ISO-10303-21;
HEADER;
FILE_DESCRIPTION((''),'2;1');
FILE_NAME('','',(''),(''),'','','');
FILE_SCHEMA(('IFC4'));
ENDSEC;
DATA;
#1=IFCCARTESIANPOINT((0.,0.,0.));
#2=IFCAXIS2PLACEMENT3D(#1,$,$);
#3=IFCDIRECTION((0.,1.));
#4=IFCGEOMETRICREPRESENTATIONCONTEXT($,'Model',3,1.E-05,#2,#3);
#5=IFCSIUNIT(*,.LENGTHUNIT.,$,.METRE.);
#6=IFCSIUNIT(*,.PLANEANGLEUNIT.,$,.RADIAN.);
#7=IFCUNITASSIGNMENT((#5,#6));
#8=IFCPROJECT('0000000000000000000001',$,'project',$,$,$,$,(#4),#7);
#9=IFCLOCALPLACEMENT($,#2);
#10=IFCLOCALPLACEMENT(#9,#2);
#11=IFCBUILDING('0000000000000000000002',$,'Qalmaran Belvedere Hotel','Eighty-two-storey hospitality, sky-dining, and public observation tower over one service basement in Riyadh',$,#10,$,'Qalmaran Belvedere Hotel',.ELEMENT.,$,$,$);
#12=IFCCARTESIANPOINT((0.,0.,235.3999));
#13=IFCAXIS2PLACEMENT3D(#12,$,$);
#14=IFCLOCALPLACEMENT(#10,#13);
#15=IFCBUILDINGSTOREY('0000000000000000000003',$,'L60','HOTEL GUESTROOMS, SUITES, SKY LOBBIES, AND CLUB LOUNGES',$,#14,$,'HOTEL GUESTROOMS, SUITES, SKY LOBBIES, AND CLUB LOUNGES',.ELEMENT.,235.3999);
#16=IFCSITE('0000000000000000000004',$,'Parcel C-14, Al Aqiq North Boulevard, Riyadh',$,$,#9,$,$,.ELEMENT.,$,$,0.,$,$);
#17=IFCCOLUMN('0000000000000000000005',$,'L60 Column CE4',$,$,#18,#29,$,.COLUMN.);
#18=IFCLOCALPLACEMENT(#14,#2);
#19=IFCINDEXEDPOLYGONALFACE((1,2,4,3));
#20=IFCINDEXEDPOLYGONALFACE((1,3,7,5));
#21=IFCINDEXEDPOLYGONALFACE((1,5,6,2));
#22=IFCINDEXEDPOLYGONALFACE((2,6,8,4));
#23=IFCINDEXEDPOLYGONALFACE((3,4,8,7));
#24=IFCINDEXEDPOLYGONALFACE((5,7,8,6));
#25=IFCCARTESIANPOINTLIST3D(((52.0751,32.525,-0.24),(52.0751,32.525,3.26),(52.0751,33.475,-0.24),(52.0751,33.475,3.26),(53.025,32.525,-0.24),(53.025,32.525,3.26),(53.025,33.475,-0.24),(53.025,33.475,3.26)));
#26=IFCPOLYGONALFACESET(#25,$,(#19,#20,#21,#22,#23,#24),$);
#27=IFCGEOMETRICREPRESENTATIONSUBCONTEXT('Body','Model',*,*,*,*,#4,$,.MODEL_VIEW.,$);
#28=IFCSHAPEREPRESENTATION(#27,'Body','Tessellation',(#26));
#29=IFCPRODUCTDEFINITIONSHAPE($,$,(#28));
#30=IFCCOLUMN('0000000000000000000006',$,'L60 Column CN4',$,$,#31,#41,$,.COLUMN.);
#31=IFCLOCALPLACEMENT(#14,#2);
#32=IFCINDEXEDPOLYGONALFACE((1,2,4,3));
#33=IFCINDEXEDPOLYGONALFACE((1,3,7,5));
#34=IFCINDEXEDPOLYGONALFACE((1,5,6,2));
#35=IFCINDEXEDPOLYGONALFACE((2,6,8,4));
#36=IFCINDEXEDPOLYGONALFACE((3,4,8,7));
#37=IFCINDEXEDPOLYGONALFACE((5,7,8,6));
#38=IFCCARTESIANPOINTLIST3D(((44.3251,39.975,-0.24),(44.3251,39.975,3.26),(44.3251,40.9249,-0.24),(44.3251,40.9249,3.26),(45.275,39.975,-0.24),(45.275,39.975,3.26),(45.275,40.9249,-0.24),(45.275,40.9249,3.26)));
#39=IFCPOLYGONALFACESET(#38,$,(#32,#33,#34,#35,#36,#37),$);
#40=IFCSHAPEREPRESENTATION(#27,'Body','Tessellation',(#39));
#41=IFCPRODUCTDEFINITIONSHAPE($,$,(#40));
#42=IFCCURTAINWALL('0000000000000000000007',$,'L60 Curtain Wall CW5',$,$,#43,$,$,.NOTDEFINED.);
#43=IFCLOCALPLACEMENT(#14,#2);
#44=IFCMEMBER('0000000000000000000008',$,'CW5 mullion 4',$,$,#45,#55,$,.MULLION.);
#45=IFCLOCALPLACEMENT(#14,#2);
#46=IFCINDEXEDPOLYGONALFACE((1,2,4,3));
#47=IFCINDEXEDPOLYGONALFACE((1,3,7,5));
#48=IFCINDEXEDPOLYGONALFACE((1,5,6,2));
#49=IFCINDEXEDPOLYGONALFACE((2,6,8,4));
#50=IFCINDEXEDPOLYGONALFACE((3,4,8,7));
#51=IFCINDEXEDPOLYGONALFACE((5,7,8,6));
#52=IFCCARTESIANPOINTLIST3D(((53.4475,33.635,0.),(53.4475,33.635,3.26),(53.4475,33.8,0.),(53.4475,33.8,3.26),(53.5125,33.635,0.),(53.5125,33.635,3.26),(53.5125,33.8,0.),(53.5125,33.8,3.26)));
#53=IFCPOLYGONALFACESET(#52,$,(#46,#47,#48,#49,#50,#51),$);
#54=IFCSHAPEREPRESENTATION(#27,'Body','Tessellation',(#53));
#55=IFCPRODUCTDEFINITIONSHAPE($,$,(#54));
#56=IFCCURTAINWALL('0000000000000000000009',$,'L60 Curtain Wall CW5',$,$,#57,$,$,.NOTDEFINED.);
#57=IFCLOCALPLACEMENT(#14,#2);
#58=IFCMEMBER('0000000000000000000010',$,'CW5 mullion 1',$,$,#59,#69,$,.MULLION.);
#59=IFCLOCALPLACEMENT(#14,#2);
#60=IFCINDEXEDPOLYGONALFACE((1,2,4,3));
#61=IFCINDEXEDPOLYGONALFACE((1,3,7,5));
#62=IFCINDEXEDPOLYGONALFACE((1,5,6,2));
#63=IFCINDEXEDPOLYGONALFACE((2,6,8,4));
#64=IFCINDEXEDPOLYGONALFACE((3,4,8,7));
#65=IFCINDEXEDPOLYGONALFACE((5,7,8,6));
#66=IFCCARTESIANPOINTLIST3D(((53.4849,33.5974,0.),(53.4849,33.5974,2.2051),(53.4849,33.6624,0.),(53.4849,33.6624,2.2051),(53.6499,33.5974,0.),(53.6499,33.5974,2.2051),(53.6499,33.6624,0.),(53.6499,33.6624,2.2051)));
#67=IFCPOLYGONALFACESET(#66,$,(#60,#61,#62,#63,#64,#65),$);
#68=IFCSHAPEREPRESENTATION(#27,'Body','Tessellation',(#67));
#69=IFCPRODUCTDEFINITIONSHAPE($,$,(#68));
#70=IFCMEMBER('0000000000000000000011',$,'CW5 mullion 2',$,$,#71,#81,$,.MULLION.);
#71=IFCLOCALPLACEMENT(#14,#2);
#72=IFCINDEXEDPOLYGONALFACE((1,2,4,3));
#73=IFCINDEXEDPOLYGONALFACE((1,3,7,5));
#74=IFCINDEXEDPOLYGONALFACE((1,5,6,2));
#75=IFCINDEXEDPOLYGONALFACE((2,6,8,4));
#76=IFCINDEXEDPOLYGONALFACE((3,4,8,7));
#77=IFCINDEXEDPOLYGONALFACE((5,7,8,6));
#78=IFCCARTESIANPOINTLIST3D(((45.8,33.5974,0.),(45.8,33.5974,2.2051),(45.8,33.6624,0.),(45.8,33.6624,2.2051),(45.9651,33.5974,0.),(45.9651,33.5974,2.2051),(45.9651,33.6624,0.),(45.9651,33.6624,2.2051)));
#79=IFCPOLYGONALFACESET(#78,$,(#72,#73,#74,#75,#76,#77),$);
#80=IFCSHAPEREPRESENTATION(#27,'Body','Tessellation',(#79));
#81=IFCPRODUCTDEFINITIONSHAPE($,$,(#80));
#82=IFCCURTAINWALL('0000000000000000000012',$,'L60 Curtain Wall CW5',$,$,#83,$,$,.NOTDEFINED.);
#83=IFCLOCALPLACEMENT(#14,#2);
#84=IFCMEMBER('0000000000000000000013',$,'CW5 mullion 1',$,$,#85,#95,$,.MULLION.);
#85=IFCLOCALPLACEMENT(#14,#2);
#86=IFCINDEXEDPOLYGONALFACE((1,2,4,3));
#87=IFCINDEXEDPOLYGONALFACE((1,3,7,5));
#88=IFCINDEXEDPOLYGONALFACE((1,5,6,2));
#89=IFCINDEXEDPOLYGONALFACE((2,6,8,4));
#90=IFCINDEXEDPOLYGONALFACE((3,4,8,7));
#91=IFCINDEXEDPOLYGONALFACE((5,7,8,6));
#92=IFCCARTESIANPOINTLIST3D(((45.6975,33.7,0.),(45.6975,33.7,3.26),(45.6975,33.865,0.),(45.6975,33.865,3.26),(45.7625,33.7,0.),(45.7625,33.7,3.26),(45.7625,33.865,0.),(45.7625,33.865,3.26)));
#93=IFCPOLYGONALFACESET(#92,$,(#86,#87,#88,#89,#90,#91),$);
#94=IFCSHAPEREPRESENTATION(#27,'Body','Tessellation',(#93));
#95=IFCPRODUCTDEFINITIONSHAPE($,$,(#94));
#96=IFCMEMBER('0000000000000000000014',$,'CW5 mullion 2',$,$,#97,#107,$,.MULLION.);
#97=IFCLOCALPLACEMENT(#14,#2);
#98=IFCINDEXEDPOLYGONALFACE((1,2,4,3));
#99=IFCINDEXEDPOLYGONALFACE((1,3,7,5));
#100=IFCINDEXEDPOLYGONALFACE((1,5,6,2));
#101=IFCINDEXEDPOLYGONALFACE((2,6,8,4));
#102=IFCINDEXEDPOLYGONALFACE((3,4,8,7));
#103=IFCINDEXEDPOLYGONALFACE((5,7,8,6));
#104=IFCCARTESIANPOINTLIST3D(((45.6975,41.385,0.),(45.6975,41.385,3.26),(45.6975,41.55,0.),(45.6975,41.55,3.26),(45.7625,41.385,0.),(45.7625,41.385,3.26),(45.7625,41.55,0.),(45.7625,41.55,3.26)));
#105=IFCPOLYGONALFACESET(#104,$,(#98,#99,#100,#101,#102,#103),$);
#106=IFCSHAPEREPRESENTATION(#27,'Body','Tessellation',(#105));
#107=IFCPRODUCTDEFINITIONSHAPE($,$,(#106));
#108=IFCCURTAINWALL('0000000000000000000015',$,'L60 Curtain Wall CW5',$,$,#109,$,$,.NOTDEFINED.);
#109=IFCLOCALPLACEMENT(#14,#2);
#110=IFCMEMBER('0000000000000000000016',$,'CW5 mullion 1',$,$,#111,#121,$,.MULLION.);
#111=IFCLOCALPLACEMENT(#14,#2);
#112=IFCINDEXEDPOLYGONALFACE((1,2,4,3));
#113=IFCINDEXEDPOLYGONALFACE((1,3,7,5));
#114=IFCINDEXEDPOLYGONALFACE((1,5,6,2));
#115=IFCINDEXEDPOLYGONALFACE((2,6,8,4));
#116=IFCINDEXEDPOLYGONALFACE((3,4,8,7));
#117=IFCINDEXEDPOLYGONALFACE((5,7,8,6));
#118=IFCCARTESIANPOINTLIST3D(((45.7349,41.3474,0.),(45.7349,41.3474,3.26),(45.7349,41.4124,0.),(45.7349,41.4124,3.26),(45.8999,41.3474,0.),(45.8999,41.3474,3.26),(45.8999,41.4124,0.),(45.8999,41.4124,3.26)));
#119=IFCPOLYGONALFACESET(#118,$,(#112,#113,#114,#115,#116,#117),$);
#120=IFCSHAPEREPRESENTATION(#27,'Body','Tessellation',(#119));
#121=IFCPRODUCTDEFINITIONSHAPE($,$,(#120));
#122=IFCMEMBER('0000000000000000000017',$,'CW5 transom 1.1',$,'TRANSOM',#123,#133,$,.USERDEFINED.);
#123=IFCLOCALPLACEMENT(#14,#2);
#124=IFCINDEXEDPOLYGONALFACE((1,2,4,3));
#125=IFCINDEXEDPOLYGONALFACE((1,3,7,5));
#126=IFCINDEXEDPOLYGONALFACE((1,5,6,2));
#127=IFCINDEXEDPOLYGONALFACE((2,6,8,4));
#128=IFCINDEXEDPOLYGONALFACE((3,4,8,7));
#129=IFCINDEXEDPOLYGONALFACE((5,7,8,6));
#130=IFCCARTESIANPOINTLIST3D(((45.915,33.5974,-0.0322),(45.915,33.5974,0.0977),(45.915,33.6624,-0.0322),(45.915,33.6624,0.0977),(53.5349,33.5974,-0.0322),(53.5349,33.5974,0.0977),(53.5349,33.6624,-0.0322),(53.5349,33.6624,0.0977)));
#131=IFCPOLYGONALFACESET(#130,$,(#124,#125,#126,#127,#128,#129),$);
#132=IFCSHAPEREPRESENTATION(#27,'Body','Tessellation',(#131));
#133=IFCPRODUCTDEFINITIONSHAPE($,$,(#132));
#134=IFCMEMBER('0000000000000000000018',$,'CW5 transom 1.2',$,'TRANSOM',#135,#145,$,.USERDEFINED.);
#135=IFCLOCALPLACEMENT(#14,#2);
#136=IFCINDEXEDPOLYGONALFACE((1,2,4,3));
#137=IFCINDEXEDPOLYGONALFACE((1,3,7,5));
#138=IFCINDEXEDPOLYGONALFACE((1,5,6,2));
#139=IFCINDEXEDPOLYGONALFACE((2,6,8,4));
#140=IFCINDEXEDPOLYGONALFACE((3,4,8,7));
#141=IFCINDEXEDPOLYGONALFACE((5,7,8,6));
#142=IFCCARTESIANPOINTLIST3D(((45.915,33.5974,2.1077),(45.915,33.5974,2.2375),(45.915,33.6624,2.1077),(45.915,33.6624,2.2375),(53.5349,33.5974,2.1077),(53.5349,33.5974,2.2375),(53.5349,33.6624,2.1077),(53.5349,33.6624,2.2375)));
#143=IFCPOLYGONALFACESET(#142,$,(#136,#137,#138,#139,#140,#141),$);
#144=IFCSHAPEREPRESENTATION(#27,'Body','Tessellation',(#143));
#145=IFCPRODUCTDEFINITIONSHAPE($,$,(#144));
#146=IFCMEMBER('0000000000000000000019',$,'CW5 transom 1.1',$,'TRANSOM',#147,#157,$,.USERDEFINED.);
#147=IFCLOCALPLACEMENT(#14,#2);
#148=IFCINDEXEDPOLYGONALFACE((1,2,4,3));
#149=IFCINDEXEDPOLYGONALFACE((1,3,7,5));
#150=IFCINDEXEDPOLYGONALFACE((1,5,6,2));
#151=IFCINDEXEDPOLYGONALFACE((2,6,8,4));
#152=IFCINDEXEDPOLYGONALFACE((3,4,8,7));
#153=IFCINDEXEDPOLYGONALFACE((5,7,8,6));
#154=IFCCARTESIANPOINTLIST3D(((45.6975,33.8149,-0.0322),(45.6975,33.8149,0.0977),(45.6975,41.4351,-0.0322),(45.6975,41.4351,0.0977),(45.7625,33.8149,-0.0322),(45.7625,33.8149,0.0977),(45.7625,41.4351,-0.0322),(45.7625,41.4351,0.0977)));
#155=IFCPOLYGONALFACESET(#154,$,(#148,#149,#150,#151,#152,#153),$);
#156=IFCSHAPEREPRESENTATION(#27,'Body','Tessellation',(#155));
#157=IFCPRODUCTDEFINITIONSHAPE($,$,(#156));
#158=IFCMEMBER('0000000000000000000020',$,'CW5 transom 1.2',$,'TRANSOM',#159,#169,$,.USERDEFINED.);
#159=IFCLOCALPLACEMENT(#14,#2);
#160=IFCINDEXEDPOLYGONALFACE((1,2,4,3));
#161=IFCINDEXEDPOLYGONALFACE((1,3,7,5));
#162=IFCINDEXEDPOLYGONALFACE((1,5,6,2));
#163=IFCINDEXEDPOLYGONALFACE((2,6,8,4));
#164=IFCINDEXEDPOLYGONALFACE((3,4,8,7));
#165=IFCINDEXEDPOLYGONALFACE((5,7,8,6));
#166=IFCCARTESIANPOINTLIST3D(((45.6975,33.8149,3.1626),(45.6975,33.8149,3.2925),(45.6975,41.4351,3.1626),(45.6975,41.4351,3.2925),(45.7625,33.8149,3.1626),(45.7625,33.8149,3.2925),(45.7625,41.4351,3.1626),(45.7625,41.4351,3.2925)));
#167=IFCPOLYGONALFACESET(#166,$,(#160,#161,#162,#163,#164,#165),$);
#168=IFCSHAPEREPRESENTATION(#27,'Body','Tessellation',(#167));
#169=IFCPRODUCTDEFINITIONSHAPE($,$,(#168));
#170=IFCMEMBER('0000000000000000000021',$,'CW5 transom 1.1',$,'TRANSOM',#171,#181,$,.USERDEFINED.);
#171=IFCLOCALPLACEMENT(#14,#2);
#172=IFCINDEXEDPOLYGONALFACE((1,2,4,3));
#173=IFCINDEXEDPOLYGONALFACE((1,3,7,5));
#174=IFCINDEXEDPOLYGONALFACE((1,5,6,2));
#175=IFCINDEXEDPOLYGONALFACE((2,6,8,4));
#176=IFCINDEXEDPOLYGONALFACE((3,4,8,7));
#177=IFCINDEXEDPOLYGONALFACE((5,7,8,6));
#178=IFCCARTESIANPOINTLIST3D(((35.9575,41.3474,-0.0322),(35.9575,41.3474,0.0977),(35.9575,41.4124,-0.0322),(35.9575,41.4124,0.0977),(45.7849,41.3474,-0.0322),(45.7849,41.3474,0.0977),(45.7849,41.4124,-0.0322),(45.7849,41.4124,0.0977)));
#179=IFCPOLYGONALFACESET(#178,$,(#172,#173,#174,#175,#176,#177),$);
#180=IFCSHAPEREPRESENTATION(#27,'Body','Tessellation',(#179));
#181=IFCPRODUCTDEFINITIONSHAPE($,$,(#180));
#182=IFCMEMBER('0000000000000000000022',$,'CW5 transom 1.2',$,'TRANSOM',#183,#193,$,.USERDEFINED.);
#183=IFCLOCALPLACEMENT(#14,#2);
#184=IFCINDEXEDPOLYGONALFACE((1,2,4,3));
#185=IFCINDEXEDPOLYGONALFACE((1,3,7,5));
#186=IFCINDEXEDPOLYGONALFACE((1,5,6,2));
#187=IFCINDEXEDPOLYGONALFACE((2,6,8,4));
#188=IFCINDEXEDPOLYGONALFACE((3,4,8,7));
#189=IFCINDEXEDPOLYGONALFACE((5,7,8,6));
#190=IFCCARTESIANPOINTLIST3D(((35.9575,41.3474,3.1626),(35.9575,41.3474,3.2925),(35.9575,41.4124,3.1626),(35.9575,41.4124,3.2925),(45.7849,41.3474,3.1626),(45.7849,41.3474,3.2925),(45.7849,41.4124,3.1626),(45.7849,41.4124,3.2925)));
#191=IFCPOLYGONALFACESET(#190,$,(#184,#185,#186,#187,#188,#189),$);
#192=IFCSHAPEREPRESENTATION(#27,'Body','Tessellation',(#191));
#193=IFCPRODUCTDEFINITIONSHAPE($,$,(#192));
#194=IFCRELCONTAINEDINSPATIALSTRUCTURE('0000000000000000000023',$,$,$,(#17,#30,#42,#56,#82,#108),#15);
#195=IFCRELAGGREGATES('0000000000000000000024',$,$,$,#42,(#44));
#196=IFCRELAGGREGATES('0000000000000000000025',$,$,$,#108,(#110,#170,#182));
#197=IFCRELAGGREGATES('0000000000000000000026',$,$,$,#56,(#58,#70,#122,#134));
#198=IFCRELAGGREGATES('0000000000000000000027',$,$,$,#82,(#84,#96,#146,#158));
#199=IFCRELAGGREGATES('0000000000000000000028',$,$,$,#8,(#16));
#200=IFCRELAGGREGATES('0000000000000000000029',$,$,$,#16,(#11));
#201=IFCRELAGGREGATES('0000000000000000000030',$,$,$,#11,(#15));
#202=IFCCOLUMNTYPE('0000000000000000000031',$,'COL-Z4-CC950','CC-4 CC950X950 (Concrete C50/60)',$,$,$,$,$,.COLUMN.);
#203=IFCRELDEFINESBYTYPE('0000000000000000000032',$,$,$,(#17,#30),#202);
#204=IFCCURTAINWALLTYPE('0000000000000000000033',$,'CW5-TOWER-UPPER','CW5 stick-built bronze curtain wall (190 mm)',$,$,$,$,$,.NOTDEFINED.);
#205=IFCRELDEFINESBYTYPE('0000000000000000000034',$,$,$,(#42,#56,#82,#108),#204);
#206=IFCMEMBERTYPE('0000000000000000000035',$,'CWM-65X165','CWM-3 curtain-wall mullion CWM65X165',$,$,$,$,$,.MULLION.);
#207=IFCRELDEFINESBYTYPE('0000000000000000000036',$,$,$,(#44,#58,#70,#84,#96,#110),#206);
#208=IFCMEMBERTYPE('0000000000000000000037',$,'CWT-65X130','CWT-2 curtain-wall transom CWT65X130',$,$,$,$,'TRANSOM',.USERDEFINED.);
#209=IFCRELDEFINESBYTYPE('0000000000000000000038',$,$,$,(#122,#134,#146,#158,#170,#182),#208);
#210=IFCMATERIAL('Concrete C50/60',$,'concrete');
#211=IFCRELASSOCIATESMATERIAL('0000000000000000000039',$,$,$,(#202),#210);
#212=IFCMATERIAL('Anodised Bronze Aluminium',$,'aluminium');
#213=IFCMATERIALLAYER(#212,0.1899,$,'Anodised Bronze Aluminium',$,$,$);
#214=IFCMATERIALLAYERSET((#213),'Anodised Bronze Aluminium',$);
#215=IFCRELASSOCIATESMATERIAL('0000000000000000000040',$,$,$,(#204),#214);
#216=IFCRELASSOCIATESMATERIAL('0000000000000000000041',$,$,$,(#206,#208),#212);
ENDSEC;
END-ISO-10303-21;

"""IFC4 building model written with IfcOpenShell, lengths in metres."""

from ifc_helpers import new_model, si_unit, direction, frame, origin, origin_2d, place, context, subcontext, project, spatial, rectangle, extrude, material, layer, layer_set, material_profile, profile_set, type_object, element, aggregate, save


model = new_model("IFC4")

# Units and contexts
model_context = context("Model", 3, precision=1e-05, world=origin(), true_north=direction((0.0, 1.0)))
body_context = subcontext(model_context, "Body", "Model", "MODEL_VIEW")
ifc_project = project(units=[si_unit("LENGTHUNIT", "METRE"), si_unit("PLANEANGLEUNIT", "RADIAN")], contexts=[model_context])

# Site, building, storey
site_placement = place(None, origin())
site = spatial("IfcSite", under=ifc_project, at=site_placement, Name="Parcel C-14, Al Aqiq North Boulevard, Riyadh", CompositionType="ELEMENT", RefElevation=0.0)
building_placement = place(site_placement, origin())
building = spatial("IfcBuilding", under=site, at=building_placement, Name="Qalmaran Belvedere Hotel", Description="Eighty-two-storey hospitality, sky-dining, and public observation tower over one service basement in Riyadh", LongName="Qalmaran Belvedere Hotel", CompositionType="ELEMENT")
storey_placement = place(building_placement, frame((0.0, 0.0, 235.3999)))
storey = spatial("IfcBuildingStorey", under=building, at=storey_placement, Name="L60", Description="HOTEL GUESTROOMS, SUITES, SKY LOBBIES, AND CLUB LOUNGES", LongName="HOTEL GUESTROOMS, SUITES, SKY LOBBIES, AND CLUB LOUNGES", CompositionType="ELEMENT", Elevation=235.3999)

# Columns
ifc_material_1 = material(Name="Concrete C50/60", Category="concrete")
ifc_material_profile_1 = material_profile(ifc_material_1, rectangle(XDim=0.95, YDim=0.95, at=origin_2d()), Name="CC950X950")
ifc_profile_set_1 = profile_set([ifc_material_profile_1], Name="Concrete C50/60")
column_type = type_object("IfcColumnType", Name="COL-Z4-CC950", Description="CC-4 CC950X950 (Concrete C50/60)", PredefinedType="COLUMN", material=ifc_profile_set_1)
for number, where, z_axis, x_axis, name in (
    (1, (52.55, 33.0, -0.24), (0.0, 0.0, 1.0), (1.0, 0.0, 0.0), "L60 Column CE4"),
    (2, (44.8, 40.45, -0.24), (0.0, 0.0, 1.0), (1.0, 0.0, 0.0), "L60 Column CN4"),
):
    element("IfcColumn", number, at=place(storey_placement, frame(where, z_axis=z_axis, x_axis=x_axis)), inside=storey, type_object=column_type, Name=name, PredefinedType="COLUMN", context=body_context, shape_type="SweptSolid", body=[
        extrude(rectangle(XDim=0.95, YDim=0.95, at=origin_2d()), origin(), (0.0, 0.0, 1.0), 3.5),
    ])

# Curtain wall, member
ifc_material_2 = material(Name="Anodised Bronze Aluminium", Category="aluminium")
ifc_layer_1 = layer(ifc_material_2, 0.1899, Name="Anodised Bronze Aluminium")
ifc_layer_set_1 = layer_set([ifc_layer_1], Name="Anodised Bronze Aluminium")
curtain_wall_type = type_object("IfcCurtainWallType", Name="CW5-TOWER-UPPER", Description="CW5 stick-built bronze curtain wall (190 mm)", PredefinedType="NOTDEFINED", material=ifc_layer_set_1)
curtain_wall_1_placement = place(storey_placement, origin())
curtain_wall_1 = element("IfcCurtainWall", 3, at=curtain_wall_1_placement, inside=storey, type_object=curtain_wall_type, Name="L60 Curtain Wall CW5", PredefinedType="NOTDEFINED")
ifc_material_profile_2 = material_profile(ifc_material_2, rectangle(XDim=0.0649, YDim=0.165, at=origin_2d()), Name="CWM65X165")
ifc_profile_set_2 = profile_set([ifc_material_profile_2], Name="Anodised Bronze Aluminium")
member_type_1 = type_object("IfcMemberType", Name="CWM-65X165", Description="CWM-3 curtain-wall mullion CWM65X165", PredefinedType="MULLION", material=ifc_profile_set_2)
member_1_placement = place(storey_placement, frame((53.48, 33.7175, 0.0), z_axis=(0.0, 0.0, 1.0), x_axis=(-1.0, 0.0, 0.0)))
member_1 = element("IfcMember", 4, at=member_1_placement, type_object=member_type_1, Name="CW5 mullion 4", PredefinedType="MULLION", context=body_context, shape_type="SweptSolid", body=[
    extrude(rectangle(XDim=0.0649, YDim=0.165, at=origin_2d()), origin(), (0.0, 0.0, 1.0), 3.26),
])
aggregate(curtain_wall_1, [member_1])

# Curtain walls, members
curtain_wall_2_placement = place(storey_placement, origin())
curtain_wall_2 = element("IfcCurtainWall", 5, at=curtain_wall_2_placement, inside=storey, type_object=curtain_wall_type, Name="L60 Curtain Wall CW5", PredefinedType="NOTDEFINED")
member_2_placement = place(storey_placement, frame((53.5674, 33.6299, 0.0), z_axis=(0.0, 0.0, 1.0), x_axis=(0.0, -1.0, 0.0)))
member_2 = element("IfcMember", 6, at=member_2_placement, type_object=member_type_1, Name="CW5 mullion 1", PredefinedType="MULLION", context=body_context, shape_type="SweptSolid", body=[
    extrude(rectangle(XDim=0.0649, YDim=0.165, at=origin_2d()), origin(), (0.0, 0.0, 1.0), 2.2051),
])
member_3_placement = place(storey_placement, frame((45.8826, 33.6299, 0.0), z_axis=(0.0, 0.0, 1.0), x_axis=(0.0, -1.0, 0.0)))
member_3 = element("IfcMember", 7, at=member_3_placement, type_object=member_type_1, Name="CW5 mullion 2", PredefinedType="MULLION", context=body_context, shape_type="SweptSolid", body=[
    extrude(rectangle(XDim=0.0649, YDim=0.165, at=origin_2d()), origin(), (0.0, 0.0, 1.0), 2.2051),
])
curtain_wall_3_placement = place(storey_placement, origin())
curtain_wall_3 = element("IfcCurtainWall", 8, at=curtain_wall_3_placement, inside=storey, type_object=curtain_wall_type, Name="L60 Curtain Wall CW5", PredefinedType="NOTDEFINED")
member_4_placement = place(storey_placement, frame((45.73, 33.7825, 0.0), z_axis=(0.0, 0.0, 1.0), x_axis=(-1.0, 0.0, 0.0)))
member_4 = element("IfcMember", 9, at=member_4_placement, type_object=member_type_1, Name="CW5 mullion 1", PredefinedType="MULLION", context=body_context, shape_type="SweptSolid", body=[
    extrude(rectangle(XDim=0.0649, YDim=0.165, at=origin_2d()), origin(), (0.0, 0.0, 1.0), 3.26),
])
member_5_placement = place(storey_placement, frame((45.73, 41.4675, 0.0), z_axis=(0.0, 0.0, 1.0), x_axis=(-1.0, 0.0, 0.0)))
member_5 = element("IfcMember", 10, at=member_5_placement, type_object=member_type_1, Name="CW5 mullion 2", PredefinedType="MULLION", context=body_context, shape_type="SweptSolid", body=[
    extrude(rectangle(XDim=0.0649, YDim=0.165, at=origin_2d()), origin(), (0.0, 0.0, 1.0), 3.26),
])

# Curtain wall, member
curtain_wall_4_placement = place(storey_placement, origin())
curtain_wall_4 = element("IfcCurtainWall", 11, at=curtain_wall_4_placement, inside=storey, type_object=curtain_wall_type, Name="L60 Curtain Wall CW5", PredefinedType="NOTDEFINED")
member_6_placement = place(storey_placement, frame((45.8174, 41.3799, 0.0), z_axis=(0.0, 0.0, 1.0), x_axis=(0.0, -1.0, 0.0)))
member_6 = element("IfcMember", 12, at=member_6_placement, type_object=member_type_1, Name="CW5 mullion 1", PredefinedType="MULLION", context=body_context, shape_type="SweptSolid", body=[
    extrude(rectangle(XDim=0.0649, YDim=0.165, at=origin_2d()), origin(), (0.0, 0.0, 1.0), 3.26),
])

# Members
ifc_material_profile_3 = material_profile(ifc_material_2, rectangle(XDim=0.0649, YDim=0.1299, at=origin_2d()), Name="CWT65X130")
ifc_profile_set_3 = profile_set([ifc_material_profile_3], Name="Anodised Bronze Aluminium")
member_type_2 = type_object("IfcMemberType", Name="CWT-65X130", Description="CWT-2 curtain-wall transom CWT65X130", ElementType="TRANSOM", PredefinedType="USERDEFINED", material=ifc_profile_set_3)
member_7_placement = place(storey_placement, frame((53.5349, 33.6299, 0.0327), z_axis=(-1.0, 0.0, 0.0), x_axis=(0.0, -1.0, 0.0)))
member_7 = element("IfcMember", 13, at=member_7_placement, type_object=member_type_2, Name="CW5 transom 1.1", ObjectType="TRANSOM", PredefinedType="USERDEFINED", context=body_context, shape_type="SweptSolid", body=[
    extrude(rectangle(XDim=0.0649, YDim=0.1299, at=origin_2d()), origin(), (0.0, 0.0, 1.0), 7.6199),
])
member_8_placement = place(storey_placement, frame((53.5349, 33.6299, 2.1726), z_axis=(-1.0, 0.0, 0.0), x_axis=(0.0, -1.0, 0.0)))
member_8 = element("IfcMember", 14, at=member_8_placement, type_object=member_type_2, Name="CW5 transom 1.2", ObjectType="TRANSOM", PredefinedType="USERDEFINED", context=body_context, shape_type="SweptSolid", body=[
    extrude(rectangle(XDim=0.0649, YDim=0.1299, at=origin_2d()), origin(), (0.0, 0.0, 1.0), 7.6199),
])
member_9_placement = place(storey_placement, frame((45.73, 33.8149, 0.0327), z_axis=(0.0, 1.0, 0.0), x_axis=(-1.0, 0.0, 0.0)))
member_9 = element("IfcMember", 15, at=member_9_placement, type_object=member_type_2, Name="CW5 transom 1.1", ObjectType="TRANSOM", PredefinedType="USERDEFINED", context=body_context, shape_type="SweptSolid", body=[
    extrude(rectangle(XDim=0.0649, YDim=0.1299, at=origin_2d()), origin(), (0.0, 0.0, 1.0), 7.6201),
])
member_10_placement = place(storey_placement, frame((45.73, 33.8149, 3.2275), z_axis=(0.0, 1.0, 0.0), x_axis=(-1.0, 0.0, 0.0)))
member_10 = element("IfcMember", 16, at=member_10_placement, type_object=member_type_2, Name="CW5 transom 1.2", ObjectType="TRANSOM", PredefinedType="USERDEFINED", context=body_context, shape_type="SweptSolid", body=[
    extrude(rectangle(XDim=0.0649, YDim=0.1299, at=origin_2d()), origin(), (0.0, 0.0, 1.0), 7.6201),
])
member_11_placement = place(storey_placement, frame((45.7849, 41.3799, 0.0327), z_axis=(-1.0, 0.0, 0.0), x_axis=(0.0, -1.0, 0.0)))
member_11 = element("IfcMember", 17, at=member_11_placement, type_object=member_type_2, Name="CW5 transom 1.1", ObjectType="TRANSOM", PredefinedType="USERDEFINED", context=body_context, shape_type="SweptSolid", body=[
    extrude(rectangle(XDim=0.0649, YDim=0.1299, at=origin_2d()), origin(), (0.0, 0.0, 1.0), 9.8274),
])
member_12_placement = place(storey_placement, frame((45.7849, 41.3799, 3.2275), z_axis=(-1.0, 0.0, 0.0), x_axis=(0.0, -1.0, 0.0)))
member_12 = element("IfcMember", 18, at=member_12_placement, type_object=member_type_2, Name="CW5 transom 1.2", ObjectType="TRANSOM", PredefinedType="USERDEFINED", context=body_context, shape_type="SweptSolid", body=[
    extrude(rectangle(XDim=0.0649, YDim=0.1299, at=origin_2d()), origin(), (0.0, 0.0, 1.0), 9.8274),
])
aggregate(curtain_wall_4, [member_6, member_11, member_12])

aggregate(curtain_wall_2, [member_2, member_3, member_7, member_8])
aggregate(curtain_wall_3, [member_4, member_5, member_9, member_10])

save(model, "model.ifc")
